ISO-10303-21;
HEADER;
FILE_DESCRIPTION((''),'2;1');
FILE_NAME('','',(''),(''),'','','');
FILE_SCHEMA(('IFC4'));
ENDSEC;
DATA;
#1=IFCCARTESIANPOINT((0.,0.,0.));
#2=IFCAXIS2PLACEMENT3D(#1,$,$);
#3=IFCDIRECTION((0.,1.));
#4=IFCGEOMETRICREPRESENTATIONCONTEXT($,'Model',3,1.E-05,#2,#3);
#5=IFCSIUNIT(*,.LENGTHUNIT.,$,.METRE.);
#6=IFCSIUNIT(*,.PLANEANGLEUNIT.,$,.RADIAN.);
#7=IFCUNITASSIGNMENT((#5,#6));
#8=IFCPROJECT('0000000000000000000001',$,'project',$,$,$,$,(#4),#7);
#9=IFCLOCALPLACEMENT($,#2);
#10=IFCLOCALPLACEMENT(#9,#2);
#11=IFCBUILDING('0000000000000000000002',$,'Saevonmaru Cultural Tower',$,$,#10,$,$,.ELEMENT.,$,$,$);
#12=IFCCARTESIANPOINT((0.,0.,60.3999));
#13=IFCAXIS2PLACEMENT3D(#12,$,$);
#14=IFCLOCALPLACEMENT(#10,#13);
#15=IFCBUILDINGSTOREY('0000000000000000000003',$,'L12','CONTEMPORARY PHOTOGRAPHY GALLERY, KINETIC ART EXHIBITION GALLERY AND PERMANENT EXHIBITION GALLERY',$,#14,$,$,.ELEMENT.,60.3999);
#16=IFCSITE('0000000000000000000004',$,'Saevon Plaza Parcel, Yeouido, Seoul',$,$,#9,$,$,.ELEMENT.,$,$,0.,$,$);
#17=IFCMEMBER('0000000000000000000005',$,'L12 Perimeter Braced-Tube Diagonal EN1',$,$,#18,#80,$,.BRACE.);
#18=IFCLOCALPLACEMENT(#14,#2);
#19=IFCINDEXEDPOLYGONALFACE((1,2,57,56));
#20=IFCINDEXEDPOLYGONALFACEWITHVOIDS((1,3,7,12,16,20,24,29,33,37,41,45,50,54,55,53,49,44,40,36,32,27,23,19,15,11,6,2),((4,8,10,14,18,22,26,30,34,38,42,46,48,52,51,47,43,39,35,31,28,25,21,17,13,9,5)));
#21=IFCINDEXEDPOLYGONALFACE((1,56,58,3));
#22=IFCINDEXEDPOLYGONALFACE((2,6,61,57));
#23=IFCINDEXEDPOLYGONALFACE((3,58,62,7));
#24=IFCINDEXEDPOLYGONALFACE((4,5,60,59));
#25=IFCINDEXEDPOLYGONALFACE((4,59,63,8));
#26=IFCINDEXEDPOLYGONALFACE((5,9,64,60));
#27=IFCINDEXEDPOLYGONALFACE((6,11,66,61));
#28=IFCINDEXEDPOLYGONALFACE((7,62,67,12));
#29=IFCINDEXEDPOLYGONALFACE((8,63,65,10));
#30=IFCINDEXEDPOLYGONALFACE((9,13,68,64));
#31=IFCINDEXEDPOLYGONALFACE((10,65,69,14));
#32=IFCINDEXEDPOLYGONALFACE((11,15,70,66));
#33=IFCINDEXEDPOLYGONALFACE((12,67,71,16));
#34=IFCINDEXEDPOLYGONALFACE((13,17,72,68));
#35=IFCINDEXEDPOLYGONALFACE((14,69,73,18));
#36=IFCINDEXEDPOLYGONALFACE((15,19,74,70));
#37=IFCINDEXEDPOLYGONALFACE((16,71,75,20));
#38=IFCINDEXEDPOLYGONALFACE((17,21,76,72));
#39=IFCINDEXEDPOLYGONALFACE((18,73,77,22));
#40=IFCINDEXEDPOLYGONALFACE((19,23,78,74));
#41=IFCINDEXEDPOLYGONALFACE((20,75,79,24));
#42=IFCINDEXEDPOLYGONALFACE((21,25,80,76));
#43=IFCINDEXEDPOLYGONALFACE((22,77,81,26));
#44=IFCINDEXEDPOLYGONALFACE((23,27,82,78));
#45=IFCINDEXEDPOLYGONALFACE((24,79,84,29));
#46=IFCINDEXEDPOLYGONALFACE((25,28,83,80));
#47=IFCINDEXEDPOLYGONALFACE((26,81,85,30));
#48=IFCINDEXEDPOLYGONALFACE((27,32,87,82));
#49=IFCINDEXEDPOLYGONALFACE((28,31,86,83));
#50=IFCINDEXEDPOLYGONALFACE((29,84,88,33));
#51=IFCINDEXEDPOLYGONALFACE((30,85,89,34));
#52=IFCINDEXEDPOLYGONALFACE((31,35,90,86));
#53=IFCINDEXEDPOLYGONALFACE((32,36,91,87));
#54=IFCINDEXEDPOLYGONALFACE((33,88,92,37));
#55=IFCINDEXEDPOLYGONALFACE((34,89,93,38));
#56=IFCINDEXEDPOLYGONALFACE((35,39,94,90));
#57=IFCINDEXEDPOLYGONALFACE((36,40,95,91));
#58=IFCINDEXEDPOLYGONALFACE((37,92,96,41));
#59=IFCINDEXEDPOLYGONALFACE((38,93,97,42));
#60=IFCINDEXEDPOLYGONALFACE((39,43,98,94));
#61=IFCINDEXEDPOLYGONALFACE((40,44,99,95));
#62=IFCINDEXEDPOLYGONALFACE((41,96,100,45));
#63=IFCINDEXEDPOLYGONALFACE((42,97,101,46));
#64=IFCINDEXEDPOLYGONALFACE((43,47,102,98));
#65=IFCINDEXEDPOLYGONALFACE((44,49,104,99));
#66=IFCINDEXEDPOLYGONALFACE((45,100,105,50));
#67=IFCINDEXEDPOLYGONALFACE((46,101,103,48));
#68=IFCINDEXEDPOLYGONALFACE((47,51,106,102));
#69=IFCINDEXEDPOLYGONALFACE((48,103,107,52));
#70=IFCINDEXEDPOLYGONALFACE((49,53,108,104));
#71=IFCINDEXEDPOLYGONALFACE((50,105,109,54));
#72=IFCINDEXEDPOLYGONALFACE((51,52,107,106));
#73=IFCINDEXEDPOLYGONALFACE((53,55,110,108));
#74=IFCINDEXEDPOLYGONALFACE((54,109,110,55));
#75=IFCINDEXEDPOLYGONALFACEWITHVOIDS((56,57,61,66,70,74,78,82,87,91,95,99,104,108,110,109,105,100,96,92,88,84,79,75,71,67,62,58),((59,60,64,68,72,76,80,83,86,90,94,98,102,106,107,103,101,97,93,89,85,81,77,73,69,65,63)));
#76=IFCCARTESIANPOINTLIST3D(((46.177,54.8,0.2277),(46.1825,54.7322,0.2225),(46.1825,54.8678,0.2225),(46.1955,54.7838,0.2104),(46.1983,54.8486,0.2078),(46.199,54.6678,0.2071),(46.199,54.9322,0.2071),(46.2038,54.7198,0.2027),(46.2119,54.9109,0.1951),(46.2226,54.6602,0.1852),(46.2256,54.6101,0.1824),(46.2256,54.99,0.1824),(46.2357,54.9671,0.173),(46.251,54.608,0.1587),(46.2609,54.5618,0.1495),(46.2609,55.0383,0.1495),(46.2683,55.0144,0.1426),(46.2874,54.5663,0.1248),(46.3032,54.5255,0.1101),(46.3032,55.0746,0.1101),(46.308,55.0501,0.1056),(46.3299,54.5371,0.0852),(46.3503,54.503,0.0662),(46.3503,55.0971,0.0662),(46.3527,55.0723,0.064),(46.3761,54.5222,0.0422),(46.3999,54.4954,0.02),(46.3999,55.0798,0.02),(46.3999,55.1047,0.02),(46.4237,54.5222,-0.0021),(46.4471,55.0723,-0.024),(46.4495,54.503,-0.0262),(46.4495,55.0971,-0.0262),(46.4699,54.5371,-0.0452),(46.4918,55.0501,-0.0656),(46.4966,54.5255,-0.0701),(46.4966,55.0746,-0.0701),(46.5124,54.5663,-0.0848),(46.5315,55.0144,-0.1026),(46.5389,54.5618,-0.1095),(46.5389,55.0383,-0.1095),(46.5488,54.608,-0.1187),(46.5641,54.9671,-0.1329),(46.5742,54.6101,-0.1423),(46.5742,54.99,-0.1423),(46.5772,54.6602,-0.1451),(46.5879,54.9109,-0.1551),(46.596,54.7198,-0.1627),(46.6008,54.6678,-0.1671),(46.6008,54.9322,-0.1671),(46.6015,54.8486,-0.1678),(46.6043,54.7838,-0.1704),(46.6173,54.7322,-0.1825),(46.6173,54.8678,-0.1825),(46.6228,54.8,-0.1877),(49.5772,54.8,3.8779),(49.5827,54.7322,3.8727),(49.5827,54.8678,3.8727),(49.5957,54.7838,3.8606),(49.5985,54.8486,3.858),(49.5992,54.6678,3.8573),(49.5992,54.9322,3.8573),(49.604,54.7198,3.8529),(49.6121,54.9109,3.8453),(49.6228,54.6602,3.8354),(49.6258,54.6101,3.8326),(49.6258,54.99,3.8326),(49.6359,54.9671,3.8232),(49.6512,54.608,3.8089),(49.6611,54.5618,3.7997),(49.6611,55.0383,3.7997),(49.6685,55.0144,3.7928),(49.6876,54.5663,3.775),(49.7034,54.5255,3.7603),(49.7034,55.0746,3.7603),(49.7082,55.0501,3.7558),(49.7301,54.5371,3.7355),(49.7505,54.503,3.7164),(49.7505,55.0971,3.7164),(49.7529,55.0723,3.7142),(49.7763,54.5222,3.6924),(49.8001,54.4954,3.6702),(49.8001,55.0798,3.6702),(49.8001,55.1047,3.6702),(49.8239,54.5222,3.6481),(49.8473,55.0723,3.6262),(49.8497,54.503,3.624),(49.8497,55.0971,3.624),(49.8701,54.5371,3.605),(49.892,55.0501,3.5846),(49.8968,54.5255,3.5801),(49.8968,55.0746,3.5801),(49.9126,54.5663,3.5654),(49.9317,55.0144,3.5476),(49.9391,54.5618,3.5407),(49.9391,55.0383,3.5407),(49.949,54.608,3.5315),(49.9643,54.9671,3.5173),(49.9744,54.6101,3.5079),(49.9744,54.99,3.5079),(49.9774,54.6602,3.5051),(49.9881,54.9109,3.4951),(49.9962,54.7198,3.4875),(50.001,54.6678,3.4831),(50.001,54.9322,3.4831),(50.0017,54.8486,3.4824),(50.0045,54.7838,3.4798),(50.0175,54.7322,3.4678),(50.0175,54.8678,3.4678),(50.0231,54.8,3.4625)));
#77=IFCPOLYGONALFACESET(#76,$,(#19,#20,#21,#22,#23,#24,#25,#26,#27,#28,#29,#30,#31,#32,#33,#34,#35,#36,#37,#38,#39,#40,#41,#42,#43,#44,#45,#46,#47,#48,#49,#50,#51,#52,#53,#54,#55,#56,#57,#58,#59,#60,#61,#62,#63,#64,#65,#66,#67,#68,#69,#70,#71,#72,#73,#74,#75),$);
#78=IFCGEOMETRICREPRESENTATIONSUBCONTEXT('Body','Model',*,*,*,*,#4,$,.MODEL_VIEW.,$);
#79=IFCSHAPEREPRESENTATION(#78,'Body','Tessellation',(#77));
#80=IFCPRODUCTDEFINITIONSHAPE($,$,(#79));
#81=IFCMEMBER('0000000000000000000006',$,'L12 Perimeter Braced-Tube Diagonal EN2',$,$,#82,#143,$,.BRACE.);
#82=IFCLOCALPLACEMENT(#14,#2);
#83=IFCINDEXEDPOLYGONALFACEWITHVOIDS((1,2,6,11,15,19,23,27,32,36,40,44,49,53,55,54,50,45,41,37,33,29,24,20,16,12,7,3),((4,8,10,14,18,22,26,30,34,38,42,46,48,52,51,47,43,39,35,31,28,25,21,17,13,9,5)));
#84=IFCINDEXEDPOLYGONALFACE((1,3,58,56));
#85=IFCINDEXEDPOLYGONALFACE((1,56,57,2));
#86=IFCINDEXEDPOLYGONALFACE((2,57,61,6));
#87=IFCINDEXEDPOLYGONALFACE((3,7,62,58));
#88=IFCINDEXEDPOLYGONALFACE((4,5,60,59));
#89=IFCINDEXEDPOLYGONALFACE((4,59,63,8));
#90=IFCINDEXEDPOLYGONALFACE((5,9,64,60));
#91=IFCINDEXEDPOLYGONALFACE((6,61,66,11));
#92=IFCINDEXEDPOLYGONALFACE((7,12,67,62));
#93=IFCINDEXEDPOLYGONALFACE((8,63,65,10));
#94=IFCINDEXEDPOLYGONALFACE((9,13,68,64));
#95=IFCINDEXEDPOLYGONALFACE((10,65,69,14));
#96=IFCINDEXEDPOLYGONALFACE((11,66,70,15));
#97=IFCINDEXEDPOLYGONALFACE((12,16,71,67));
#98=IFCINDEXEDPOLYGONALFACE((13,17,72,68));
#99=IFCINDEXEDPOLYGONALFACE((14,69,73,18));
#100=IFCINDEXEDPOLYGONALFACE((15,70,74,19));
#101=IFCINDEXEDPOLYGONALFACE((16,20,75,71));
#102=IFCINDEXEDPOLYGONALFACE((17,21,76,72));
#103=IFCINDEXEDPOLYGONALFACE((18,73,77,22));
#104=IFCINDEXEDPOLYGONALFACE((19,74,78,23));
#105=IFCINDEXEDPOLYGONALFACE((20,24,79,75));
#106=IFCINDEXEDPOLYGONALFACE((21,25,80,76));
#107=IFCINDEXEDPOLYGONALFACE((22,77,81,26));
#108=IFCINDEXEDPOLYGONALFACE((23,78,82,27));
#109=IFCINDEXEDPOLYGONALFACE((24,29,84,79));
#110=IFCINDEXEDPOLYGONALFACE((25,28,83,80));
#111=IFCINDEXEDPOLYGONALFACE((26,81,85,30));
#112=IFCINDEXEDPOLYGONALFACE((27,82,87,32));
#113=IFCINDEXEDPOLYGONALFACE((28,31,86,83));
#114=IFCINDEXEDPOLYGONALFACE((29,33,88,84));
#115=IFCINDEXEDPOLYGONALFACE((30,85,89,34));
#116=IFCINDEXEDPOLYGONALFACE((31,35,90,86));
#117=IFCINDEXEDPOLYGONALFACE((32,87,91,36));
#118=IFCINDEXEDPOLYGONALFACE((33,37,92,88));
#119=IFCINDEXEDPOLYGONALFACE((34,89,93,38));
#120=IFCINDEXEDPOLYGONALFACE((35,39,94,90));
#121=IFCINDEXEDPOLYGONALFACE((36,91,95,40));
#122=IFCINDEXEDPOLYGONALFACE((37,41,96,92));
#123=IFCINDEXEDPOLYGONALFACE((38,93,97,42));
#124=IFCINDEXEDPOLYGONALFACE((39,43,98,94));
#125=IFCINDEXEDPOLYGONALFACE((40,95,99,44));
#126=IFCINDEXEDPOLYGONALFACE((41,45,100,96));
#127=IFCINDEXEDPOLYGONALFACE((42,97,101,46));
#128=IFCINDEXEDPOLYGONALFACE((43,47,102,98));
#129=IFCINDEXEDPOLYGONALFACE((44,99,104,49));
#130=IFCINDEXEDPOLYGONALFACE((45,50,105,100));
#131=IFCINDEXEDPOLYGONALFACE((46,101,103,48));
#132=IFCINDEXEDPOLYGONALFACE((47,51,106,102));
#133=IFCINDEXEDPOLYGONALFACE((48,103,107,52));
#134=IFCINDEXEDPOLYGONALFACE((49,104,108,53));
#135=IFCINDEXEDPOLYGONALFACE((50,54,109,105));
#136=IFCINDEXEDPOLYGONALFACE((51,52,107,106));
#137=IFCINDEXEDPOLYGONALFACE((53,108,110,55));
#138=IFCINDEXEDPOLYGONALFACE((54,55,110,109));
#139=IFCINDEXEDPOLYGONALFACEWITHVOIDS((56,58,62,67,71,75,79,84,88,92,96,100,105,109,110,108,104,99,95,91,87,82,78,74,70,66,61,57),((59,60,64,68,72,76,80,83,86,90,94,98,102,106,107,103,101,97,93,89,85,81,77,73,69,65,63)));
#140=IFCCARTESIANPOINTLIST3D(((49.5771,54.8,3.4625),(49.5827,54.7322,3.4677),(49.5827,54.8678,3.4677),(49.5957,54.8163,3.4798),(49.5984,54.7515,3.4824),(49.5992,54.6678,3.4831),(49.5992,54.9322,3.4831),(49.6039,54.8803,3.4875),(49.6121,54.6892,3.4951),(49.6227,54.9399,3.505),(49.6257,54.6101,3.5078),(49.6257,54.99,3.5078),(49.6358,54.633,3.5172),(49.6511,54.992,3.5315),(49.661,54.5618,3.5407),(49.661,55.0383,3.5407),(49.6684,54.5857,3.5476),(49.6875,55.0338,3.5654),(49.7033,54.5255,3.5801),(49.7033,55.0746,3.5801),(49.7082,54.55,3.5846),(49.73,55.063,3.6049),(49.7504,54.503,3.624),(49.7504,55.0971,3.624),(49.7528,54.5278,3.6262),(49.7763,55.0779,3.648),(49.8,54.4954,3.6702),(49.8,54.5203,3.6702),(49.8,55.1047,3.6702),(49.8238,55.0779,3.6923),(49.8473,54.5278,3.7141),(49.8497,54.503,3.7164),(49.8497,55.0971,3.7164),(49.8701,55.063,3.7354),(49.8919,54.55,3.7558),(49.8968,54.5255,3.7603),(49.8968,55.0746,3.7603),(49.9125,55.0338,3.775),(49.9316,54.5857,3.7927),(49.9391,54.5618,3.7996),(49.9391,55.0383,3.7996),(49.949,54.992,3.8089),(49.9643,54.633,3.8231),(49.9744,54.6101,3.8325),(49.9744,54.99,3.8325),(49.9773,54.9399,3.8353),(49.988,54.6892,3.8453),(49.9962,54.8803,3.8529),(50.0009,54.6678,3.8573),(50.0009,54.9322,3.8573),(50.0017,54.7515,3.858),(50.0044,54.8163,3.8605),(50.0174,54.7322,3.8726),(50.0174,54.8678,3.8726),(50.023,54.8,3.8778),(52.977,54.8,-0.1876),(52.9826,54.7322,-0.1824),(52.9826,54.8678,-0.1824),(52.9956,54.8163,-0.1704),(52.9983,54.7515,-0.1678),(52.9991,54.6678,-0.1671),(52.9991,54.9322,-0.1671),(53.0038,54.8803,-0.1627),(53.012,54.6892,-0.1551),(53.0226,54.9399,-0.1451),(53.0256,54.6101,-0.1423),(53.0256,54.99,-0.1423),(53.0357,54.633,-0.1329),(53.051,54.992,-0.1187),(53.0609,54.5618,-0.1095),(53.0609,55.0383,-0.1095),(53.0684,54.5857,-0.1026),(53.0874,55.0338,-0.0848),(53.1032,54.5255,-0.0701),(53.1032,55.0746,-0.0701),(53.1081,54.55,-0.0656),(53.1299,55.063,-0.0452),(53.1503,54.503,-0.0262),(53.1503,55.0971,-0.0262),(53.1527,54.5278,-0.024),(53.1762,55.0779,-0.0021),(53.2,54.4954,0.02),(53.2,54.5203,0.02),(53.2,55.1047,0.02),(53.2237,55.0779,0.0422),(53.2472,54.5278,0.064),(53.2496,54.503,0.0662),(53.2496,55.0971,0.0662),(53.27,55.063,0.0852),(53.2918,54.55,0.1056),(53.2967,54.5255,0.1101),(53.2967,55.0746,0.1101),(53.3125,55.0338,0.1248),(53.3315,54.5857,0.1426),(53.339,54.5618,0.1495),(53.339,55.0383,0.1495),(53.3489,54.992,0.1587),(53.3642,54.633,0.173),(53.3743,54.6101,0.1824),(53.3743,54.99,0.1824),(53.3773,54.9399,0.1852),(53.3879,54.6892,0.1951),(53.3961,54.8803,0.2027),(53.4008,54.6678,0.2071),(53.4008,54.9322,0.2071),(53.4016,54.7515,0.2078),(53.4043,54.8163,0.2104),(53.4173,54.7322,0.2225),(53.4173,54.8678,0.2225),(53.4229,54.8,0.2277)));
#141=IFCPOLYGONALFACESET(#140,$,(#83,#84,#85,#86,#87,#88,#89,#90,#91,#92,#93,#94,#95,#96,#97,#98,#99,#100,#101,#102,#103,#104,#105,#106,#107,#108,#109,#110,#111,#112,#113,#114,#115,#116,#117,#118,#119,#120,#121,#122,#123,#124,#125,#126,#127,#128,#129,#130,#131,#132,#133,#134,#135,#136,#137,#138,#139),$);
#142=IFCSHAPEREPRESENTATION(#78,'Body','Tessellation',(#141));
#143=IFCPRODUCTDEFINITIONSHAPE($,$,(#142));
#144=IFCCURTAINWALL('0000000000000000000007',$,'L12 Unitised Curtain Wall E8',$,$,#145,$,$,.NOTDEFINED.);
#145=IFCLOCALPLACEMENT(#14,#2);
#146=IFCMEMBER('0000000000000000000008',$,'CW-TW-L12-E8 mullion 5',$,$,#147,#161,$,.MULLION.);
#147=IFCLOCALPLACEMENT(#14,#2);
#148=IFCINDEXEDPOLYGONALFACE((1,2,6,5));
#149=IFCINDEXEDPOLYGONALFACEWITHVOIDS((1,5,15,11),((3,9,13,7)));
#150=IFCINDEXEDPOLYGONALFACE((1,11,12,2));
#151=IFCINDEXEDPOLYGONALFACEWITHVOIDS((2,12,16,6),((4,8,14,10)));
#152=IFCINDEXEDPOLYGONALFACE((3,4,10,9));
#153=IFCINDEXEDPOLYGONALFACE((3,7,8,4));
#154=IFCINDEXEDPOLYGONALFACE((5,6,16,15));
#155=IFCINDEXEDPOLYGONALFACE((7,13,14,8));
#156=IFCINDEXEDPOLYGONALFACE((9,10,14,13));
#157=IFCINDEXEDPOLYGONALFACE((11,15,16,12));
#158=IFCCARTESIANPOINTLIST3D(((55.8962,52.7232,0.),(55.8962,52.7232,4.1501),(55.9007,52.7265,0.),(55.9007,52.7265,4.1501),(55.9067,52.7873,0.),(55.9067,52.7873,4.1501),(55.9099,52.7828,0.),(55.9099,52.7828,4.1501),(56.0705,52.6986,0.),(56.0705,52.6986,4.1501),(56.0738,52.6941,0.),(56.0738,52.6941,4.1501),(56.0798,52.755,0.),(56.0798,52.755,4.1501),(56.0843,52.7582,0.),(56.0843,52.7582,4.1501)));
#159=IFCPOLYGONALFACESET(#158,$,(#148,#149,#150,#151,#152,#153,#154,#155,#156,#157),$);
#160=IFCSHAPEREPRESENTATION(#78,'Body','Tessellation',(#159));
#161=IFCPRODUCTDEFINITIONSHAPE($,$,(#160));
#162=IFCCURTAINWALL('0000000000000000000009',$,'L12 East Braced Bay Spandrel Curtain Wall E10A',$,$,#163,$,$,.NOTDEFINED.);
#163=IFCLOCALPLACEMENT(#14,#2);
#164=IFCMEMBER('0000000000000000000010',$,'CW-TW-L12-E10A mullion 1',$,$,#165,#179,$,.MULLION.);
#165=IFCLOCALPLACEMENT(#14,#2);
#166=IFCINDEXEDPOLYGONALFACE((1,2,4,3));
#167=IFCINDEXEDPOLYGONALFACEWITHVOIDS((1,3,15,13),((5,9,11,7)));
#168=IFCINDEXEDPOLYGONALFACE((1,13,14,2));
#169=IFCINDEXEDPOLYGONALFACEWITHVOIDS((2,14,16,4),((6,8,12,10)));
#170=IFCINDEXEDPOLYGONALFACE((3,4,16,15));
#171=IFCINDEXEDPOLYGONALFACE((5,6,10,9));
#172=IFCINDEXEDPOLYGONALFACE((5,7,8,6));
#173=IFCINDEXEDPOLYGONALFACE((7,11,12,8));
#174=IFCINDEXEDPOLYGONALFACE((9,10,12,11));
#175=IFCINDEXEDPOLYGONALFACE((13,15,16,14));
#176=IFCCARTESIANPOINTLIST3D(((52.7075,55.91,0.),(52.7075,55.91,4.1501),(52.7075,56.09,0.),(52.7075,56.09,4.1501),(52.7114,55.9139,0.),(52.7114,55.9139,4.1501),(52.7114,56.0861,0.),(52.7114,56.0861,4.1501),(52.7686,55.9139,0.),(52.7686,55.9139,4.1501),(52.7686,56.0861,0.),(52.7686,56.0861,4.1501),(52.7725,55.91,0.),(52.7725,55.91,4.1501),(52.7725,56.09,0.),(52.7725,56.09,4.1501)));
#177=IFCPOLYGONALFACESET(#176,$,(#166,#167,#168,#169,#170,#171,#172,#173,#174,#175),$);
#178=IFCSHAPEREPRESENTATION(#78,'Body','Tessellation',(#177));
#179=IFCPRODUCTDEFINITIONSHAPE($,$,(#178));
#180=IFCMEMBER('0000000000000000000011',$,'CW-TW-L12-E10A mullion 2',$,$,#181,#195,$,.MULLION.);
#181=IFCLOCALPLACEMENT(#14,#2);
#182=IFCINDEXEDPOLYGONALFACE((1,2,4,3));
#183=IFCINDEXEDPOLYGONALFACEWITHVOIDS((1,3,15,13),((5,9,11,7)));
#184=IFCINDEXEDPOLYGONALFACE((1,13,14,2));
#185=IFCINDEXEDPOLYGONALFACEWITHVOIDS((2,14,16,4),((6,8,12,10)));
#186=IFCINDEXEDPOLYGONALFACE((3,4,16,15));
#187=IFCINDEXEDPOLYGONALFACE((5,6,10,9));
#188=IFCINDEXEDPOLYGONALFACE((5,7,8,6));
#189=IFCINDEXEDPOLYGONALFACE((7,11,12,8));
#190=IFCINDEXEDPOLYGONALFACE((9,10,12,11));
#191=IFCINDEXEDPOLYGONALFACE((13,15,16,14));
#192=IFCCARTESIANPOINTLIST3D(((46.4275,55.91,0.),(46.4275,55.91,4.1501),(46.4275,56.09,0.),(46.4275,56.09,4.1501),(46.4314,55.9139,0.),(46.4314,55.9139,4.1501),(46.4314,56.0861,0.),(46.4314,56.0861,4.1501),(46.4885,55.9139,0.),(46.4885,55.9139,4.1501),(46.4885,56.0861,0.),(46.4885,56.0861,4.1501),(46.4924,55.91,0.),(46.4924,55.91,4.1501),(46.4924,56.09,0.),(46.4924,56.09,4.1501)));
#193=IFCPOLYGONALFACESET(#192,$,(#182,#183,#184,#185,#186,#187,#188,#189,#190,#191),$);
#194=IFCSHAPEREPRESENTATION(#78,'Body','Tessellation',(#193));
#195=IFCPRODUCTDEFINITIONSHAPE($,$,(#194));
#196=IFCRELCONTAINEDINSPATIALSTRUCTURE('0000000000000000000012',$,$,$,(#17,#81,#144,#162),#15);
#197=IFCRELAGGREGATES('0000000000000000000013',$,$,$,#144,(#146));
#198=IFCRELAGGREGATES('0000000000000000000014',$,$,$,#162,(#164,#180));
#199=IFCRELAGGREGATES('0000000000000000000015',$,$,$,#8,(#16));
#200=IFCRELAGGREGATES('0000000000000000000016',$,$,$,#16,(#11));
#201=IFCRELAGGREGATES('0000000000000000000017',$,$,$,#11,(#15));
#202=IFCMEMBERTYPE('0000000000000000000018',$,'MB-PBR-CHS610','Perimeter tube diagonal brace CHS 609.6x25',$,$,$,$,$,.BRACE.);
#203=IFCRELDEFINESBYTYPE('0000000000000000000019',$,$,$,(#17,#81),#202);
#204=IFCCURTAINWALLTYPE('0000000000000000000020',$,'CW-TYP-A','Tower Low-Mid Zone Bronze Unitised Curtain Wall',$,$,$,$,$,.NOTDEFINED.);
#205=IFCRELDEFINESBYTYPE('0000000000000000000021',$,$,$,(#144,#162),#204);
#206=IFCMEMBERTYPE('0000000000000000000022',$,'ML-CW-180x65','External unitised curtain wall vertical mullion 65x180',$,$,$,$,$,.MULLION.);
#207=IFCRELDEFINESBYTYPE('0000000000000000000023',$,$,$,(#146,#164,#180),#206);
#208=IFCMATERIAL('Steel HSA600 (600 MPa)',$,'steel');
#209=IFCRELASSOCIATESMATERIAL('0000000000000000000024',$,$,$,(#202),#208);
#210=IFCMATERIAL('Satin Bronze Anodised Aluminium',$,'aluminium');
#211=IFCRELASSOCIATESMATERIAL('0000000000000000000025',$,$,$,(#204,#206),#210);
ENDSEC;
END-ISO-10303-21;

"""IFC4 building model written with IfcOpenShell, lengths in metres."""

from ifc_helpers import new_model, si_unit, direction, frame, origin, origin_2d, place, context, subcontext, project, spatial, hollow_rectangle, hollow_circle, extrude, material, material_profile, profile_set, type_object, element, aggregate, save


model = new_model("IFC4")

# Units and contexts
model_context = context("Model", 3, precision=1e-05, world=origin(), true_north=direction((0.0, 1.0)))
body_context = subcontext(model_context, "Body", "Model", "MODEL_VIEW")
ifc_project = project(units=[si_unit("LENGTHUNIT", "METRE"), si_unit("PLANEANGLEUNIT", "RADIAN")], contexts=[model_context])

# Site, building, storey
site_placement = place(None, origin())
site = spatial("IfcSite", under=ifc_project, at=site_placement, Name="Saevon Plaza Parcel, Yeouido, Seoul", CompositionType="ELEMENT", RefElevation=0.0)
building_placement = place(site_placement, origin())
building = spatial("IfcBuilding", under=site, at=building_placement, Name="Saevonmaru Cultural Tower", CompositionType="ELEMENT")
storey_placement = place(building_placement, frame((0.0, 0.0, 60.3999)))
storey = spatial("IfcBuildingStorey", under=building, at=storey_placement, Name="L12", Description="CONTEMPORARY PHOTOGRAPHY GALLERY, KINETIC ART EXHIBITION GALLERY AND PERMANENT EXHIBITION GALLERY", CompositionType="ELEMENT", Elevation=60.3999)

# Shared definitions
ifc_material_1 = material(Name="Steel HSA600 (600 MPa)", Category="steel")

# Members
ifc_material_profile_1 = material_profile(ifc_material_1, hollow_circle(Radius=0.3047, WallThickness=0.0249, at=origin_2d()), Name="CHS-609.6x25")
ifc_profile_set_1 = profile_set([ifc_material_profile_1], Name="Steel HSA600 (600 MPa)")
member_type_1 = type_object("IfcMemberType", Name="MB-PBR-CHS610", Description="Perimeter tube diagonal brace CHS 609.6x25", PredefinedType="BRACE", material=ifc_profile_set_1)
member_1_placement = place(storey_placement, frame((46.3999, 54.8, 0.02), z_axis=(0.681605, 0.0, 0.731721), x_axis=(0.0, 1.0, 0.0)))
element("IfcMember", 1, at=member_1_placement, inside=storey, type_object=member_type_1, Name="L12 Perimeter Braced-Tube Diagonal EN1", PredefinedType="BRACE", context=body_context, shape_type="SweptSolid", body=[
    extrude(hollow_circle(Radius=0.3047, WallThickness=0.0249, at=origin_2d()), origin(), (0.0, 0.0, 1.0), 4.9885),
])
member_2_placement = place(storey_placement, frame((53.2, 54.8, 0.02), z_axis=(-0.681579, 0.0, 0.731745), x_axis=(0.0, -1.0, 0.0)))
element("IfcMember", 2, at=member_2_placement, inside=storey, type_object=member_type_1, Name="L12 Perimeter Braced-Tube Diagonal EN2", PredefinedType="BRACE", context=body_context, shape_type="SweptSolid", body=[
    extrude(hollow_circle(Radius=0.3047, WallThickness=0.0249, at=origin_2d()), origin(), (0.0, 0.0, 1.0), 4.9883),
])

# Curtain wall, member
ifc_material_2 = material(Name="Satin Bronze Anodised Aluminium", Category="aluminium")
curtain_wall_type = type_object("IfcCurtainWallType", Name="CW-TYP-A", Description="Tower Low-Mid Zone Bronze Unitised Curtain Wall", PredefinedType="NOTDEFINED", material=ifc_material_2)
curtain_wall_1_placement = place(storey_placement, origin())
curtain_wall_1 = element("IfcCurtainWall", 3, at=curtain_wall_1_placement, inside=storey, type_object=curtain_wall_type, Name="L12 Unitised Curtain Wall E8", PredefinedType="NOTDEFINED")
ifc_material_profile_2 = material_profile(ifc_material_2, hollow_rectangle(XDim=0.0649, YDim=0.1799, WallThickness=0.0039, at=origin_2d()), Name="ALU-MULL-180x65x4")
ifc_profile_set_2 = profile_set([ifc_material_profile_2], Name="Satin Bronze Anodised Aluminium")
member_type_2 = type_object("IfcMemberType", Name="ML-CW-180x65", Description="External unitised curtain wall vertical mullion 65x180", PredefinedType="MULLION", material=ifc_profile_set_2)
member_3_placement = place(storey_placement, frame((55.9902, 52.7407, 0.0), z_axis=(0.0, 0.0, 1.0), x_axis=(0.161709, 0.986839, 0.0)))
member_3 = element("IfcMember", 4, at=member_3_placement, type_object=member_type_2, Name="CW-TW-L12-E8 mullion 5", PredefinedType="MULLION", context=body_context, shape_type="SweptSolid", body=[
    extrude(hollow_rectangle(XDim=0.0649, YDim=0.1799, WallThickness=0.0039, at=origin_2d()), origin(), (0.0, 0.0, 1.0), 4.1501),
])

# Curtain wall, members
curtain_wall_2_placement = place(storey_placement, origin())
curtain_wall_2 = element("IfcCurtainWall", 5, at=curtain_wall_2_placement, inside=storey, type_object=curtain_wall_type, Name="L12 East Braced Bay Spandrel Curtain Wall E10A", PredefinedType="NOTDEFINED")
member_4_placement = place(storey_placement, frame((52.74, 56.0, 0.0), z_axis=(0.0, 0.0, 1.0), x_axis=(-1.0, 0.0, 0.0)))
member_4 = element("IfcMember", 6, at=member_4_placement, type_object=member_type_2, Name="CW-TW-L12-E10A mullion 1", PredefinedType="MULLION", context=body_context, shape_type="SweptSolid", body=[
    extrude(hollow_rectangle(XDim=0.0649, YDim=0.1799, WallThickness=0.0039, at=origin_2d()), origin(), (0.0, 0.0, 1.0), 4.1501),
])
member_5_placement = place(storey_placement, frame((46.46, 56.0, 0.0), z_axis=(0.0, 0.0, 1.0), x_axis=(-1.0, 0.0, 0.0)))
member_5 = element("IfcMember", 7, at=member_5_placement, type_object=member_type_2, Name="CW-TW-L12-E10A mullion 2", PredefinedType="MULLION", context=body_context, shape_type="SweptSolid", body=[
    extrude(hollow_rectangle(XDim=0.0649, YDim=0.1799, WallThickness=0.0039, at=origin_2d()), origin(), (0.0, 0.0, 1.0), 4.1501),
])

aggregate(curtain_wall_1, [member_3])
aggregate(curtain_wall_2, [member_4, member_5])

save(model, "model.ifc")
